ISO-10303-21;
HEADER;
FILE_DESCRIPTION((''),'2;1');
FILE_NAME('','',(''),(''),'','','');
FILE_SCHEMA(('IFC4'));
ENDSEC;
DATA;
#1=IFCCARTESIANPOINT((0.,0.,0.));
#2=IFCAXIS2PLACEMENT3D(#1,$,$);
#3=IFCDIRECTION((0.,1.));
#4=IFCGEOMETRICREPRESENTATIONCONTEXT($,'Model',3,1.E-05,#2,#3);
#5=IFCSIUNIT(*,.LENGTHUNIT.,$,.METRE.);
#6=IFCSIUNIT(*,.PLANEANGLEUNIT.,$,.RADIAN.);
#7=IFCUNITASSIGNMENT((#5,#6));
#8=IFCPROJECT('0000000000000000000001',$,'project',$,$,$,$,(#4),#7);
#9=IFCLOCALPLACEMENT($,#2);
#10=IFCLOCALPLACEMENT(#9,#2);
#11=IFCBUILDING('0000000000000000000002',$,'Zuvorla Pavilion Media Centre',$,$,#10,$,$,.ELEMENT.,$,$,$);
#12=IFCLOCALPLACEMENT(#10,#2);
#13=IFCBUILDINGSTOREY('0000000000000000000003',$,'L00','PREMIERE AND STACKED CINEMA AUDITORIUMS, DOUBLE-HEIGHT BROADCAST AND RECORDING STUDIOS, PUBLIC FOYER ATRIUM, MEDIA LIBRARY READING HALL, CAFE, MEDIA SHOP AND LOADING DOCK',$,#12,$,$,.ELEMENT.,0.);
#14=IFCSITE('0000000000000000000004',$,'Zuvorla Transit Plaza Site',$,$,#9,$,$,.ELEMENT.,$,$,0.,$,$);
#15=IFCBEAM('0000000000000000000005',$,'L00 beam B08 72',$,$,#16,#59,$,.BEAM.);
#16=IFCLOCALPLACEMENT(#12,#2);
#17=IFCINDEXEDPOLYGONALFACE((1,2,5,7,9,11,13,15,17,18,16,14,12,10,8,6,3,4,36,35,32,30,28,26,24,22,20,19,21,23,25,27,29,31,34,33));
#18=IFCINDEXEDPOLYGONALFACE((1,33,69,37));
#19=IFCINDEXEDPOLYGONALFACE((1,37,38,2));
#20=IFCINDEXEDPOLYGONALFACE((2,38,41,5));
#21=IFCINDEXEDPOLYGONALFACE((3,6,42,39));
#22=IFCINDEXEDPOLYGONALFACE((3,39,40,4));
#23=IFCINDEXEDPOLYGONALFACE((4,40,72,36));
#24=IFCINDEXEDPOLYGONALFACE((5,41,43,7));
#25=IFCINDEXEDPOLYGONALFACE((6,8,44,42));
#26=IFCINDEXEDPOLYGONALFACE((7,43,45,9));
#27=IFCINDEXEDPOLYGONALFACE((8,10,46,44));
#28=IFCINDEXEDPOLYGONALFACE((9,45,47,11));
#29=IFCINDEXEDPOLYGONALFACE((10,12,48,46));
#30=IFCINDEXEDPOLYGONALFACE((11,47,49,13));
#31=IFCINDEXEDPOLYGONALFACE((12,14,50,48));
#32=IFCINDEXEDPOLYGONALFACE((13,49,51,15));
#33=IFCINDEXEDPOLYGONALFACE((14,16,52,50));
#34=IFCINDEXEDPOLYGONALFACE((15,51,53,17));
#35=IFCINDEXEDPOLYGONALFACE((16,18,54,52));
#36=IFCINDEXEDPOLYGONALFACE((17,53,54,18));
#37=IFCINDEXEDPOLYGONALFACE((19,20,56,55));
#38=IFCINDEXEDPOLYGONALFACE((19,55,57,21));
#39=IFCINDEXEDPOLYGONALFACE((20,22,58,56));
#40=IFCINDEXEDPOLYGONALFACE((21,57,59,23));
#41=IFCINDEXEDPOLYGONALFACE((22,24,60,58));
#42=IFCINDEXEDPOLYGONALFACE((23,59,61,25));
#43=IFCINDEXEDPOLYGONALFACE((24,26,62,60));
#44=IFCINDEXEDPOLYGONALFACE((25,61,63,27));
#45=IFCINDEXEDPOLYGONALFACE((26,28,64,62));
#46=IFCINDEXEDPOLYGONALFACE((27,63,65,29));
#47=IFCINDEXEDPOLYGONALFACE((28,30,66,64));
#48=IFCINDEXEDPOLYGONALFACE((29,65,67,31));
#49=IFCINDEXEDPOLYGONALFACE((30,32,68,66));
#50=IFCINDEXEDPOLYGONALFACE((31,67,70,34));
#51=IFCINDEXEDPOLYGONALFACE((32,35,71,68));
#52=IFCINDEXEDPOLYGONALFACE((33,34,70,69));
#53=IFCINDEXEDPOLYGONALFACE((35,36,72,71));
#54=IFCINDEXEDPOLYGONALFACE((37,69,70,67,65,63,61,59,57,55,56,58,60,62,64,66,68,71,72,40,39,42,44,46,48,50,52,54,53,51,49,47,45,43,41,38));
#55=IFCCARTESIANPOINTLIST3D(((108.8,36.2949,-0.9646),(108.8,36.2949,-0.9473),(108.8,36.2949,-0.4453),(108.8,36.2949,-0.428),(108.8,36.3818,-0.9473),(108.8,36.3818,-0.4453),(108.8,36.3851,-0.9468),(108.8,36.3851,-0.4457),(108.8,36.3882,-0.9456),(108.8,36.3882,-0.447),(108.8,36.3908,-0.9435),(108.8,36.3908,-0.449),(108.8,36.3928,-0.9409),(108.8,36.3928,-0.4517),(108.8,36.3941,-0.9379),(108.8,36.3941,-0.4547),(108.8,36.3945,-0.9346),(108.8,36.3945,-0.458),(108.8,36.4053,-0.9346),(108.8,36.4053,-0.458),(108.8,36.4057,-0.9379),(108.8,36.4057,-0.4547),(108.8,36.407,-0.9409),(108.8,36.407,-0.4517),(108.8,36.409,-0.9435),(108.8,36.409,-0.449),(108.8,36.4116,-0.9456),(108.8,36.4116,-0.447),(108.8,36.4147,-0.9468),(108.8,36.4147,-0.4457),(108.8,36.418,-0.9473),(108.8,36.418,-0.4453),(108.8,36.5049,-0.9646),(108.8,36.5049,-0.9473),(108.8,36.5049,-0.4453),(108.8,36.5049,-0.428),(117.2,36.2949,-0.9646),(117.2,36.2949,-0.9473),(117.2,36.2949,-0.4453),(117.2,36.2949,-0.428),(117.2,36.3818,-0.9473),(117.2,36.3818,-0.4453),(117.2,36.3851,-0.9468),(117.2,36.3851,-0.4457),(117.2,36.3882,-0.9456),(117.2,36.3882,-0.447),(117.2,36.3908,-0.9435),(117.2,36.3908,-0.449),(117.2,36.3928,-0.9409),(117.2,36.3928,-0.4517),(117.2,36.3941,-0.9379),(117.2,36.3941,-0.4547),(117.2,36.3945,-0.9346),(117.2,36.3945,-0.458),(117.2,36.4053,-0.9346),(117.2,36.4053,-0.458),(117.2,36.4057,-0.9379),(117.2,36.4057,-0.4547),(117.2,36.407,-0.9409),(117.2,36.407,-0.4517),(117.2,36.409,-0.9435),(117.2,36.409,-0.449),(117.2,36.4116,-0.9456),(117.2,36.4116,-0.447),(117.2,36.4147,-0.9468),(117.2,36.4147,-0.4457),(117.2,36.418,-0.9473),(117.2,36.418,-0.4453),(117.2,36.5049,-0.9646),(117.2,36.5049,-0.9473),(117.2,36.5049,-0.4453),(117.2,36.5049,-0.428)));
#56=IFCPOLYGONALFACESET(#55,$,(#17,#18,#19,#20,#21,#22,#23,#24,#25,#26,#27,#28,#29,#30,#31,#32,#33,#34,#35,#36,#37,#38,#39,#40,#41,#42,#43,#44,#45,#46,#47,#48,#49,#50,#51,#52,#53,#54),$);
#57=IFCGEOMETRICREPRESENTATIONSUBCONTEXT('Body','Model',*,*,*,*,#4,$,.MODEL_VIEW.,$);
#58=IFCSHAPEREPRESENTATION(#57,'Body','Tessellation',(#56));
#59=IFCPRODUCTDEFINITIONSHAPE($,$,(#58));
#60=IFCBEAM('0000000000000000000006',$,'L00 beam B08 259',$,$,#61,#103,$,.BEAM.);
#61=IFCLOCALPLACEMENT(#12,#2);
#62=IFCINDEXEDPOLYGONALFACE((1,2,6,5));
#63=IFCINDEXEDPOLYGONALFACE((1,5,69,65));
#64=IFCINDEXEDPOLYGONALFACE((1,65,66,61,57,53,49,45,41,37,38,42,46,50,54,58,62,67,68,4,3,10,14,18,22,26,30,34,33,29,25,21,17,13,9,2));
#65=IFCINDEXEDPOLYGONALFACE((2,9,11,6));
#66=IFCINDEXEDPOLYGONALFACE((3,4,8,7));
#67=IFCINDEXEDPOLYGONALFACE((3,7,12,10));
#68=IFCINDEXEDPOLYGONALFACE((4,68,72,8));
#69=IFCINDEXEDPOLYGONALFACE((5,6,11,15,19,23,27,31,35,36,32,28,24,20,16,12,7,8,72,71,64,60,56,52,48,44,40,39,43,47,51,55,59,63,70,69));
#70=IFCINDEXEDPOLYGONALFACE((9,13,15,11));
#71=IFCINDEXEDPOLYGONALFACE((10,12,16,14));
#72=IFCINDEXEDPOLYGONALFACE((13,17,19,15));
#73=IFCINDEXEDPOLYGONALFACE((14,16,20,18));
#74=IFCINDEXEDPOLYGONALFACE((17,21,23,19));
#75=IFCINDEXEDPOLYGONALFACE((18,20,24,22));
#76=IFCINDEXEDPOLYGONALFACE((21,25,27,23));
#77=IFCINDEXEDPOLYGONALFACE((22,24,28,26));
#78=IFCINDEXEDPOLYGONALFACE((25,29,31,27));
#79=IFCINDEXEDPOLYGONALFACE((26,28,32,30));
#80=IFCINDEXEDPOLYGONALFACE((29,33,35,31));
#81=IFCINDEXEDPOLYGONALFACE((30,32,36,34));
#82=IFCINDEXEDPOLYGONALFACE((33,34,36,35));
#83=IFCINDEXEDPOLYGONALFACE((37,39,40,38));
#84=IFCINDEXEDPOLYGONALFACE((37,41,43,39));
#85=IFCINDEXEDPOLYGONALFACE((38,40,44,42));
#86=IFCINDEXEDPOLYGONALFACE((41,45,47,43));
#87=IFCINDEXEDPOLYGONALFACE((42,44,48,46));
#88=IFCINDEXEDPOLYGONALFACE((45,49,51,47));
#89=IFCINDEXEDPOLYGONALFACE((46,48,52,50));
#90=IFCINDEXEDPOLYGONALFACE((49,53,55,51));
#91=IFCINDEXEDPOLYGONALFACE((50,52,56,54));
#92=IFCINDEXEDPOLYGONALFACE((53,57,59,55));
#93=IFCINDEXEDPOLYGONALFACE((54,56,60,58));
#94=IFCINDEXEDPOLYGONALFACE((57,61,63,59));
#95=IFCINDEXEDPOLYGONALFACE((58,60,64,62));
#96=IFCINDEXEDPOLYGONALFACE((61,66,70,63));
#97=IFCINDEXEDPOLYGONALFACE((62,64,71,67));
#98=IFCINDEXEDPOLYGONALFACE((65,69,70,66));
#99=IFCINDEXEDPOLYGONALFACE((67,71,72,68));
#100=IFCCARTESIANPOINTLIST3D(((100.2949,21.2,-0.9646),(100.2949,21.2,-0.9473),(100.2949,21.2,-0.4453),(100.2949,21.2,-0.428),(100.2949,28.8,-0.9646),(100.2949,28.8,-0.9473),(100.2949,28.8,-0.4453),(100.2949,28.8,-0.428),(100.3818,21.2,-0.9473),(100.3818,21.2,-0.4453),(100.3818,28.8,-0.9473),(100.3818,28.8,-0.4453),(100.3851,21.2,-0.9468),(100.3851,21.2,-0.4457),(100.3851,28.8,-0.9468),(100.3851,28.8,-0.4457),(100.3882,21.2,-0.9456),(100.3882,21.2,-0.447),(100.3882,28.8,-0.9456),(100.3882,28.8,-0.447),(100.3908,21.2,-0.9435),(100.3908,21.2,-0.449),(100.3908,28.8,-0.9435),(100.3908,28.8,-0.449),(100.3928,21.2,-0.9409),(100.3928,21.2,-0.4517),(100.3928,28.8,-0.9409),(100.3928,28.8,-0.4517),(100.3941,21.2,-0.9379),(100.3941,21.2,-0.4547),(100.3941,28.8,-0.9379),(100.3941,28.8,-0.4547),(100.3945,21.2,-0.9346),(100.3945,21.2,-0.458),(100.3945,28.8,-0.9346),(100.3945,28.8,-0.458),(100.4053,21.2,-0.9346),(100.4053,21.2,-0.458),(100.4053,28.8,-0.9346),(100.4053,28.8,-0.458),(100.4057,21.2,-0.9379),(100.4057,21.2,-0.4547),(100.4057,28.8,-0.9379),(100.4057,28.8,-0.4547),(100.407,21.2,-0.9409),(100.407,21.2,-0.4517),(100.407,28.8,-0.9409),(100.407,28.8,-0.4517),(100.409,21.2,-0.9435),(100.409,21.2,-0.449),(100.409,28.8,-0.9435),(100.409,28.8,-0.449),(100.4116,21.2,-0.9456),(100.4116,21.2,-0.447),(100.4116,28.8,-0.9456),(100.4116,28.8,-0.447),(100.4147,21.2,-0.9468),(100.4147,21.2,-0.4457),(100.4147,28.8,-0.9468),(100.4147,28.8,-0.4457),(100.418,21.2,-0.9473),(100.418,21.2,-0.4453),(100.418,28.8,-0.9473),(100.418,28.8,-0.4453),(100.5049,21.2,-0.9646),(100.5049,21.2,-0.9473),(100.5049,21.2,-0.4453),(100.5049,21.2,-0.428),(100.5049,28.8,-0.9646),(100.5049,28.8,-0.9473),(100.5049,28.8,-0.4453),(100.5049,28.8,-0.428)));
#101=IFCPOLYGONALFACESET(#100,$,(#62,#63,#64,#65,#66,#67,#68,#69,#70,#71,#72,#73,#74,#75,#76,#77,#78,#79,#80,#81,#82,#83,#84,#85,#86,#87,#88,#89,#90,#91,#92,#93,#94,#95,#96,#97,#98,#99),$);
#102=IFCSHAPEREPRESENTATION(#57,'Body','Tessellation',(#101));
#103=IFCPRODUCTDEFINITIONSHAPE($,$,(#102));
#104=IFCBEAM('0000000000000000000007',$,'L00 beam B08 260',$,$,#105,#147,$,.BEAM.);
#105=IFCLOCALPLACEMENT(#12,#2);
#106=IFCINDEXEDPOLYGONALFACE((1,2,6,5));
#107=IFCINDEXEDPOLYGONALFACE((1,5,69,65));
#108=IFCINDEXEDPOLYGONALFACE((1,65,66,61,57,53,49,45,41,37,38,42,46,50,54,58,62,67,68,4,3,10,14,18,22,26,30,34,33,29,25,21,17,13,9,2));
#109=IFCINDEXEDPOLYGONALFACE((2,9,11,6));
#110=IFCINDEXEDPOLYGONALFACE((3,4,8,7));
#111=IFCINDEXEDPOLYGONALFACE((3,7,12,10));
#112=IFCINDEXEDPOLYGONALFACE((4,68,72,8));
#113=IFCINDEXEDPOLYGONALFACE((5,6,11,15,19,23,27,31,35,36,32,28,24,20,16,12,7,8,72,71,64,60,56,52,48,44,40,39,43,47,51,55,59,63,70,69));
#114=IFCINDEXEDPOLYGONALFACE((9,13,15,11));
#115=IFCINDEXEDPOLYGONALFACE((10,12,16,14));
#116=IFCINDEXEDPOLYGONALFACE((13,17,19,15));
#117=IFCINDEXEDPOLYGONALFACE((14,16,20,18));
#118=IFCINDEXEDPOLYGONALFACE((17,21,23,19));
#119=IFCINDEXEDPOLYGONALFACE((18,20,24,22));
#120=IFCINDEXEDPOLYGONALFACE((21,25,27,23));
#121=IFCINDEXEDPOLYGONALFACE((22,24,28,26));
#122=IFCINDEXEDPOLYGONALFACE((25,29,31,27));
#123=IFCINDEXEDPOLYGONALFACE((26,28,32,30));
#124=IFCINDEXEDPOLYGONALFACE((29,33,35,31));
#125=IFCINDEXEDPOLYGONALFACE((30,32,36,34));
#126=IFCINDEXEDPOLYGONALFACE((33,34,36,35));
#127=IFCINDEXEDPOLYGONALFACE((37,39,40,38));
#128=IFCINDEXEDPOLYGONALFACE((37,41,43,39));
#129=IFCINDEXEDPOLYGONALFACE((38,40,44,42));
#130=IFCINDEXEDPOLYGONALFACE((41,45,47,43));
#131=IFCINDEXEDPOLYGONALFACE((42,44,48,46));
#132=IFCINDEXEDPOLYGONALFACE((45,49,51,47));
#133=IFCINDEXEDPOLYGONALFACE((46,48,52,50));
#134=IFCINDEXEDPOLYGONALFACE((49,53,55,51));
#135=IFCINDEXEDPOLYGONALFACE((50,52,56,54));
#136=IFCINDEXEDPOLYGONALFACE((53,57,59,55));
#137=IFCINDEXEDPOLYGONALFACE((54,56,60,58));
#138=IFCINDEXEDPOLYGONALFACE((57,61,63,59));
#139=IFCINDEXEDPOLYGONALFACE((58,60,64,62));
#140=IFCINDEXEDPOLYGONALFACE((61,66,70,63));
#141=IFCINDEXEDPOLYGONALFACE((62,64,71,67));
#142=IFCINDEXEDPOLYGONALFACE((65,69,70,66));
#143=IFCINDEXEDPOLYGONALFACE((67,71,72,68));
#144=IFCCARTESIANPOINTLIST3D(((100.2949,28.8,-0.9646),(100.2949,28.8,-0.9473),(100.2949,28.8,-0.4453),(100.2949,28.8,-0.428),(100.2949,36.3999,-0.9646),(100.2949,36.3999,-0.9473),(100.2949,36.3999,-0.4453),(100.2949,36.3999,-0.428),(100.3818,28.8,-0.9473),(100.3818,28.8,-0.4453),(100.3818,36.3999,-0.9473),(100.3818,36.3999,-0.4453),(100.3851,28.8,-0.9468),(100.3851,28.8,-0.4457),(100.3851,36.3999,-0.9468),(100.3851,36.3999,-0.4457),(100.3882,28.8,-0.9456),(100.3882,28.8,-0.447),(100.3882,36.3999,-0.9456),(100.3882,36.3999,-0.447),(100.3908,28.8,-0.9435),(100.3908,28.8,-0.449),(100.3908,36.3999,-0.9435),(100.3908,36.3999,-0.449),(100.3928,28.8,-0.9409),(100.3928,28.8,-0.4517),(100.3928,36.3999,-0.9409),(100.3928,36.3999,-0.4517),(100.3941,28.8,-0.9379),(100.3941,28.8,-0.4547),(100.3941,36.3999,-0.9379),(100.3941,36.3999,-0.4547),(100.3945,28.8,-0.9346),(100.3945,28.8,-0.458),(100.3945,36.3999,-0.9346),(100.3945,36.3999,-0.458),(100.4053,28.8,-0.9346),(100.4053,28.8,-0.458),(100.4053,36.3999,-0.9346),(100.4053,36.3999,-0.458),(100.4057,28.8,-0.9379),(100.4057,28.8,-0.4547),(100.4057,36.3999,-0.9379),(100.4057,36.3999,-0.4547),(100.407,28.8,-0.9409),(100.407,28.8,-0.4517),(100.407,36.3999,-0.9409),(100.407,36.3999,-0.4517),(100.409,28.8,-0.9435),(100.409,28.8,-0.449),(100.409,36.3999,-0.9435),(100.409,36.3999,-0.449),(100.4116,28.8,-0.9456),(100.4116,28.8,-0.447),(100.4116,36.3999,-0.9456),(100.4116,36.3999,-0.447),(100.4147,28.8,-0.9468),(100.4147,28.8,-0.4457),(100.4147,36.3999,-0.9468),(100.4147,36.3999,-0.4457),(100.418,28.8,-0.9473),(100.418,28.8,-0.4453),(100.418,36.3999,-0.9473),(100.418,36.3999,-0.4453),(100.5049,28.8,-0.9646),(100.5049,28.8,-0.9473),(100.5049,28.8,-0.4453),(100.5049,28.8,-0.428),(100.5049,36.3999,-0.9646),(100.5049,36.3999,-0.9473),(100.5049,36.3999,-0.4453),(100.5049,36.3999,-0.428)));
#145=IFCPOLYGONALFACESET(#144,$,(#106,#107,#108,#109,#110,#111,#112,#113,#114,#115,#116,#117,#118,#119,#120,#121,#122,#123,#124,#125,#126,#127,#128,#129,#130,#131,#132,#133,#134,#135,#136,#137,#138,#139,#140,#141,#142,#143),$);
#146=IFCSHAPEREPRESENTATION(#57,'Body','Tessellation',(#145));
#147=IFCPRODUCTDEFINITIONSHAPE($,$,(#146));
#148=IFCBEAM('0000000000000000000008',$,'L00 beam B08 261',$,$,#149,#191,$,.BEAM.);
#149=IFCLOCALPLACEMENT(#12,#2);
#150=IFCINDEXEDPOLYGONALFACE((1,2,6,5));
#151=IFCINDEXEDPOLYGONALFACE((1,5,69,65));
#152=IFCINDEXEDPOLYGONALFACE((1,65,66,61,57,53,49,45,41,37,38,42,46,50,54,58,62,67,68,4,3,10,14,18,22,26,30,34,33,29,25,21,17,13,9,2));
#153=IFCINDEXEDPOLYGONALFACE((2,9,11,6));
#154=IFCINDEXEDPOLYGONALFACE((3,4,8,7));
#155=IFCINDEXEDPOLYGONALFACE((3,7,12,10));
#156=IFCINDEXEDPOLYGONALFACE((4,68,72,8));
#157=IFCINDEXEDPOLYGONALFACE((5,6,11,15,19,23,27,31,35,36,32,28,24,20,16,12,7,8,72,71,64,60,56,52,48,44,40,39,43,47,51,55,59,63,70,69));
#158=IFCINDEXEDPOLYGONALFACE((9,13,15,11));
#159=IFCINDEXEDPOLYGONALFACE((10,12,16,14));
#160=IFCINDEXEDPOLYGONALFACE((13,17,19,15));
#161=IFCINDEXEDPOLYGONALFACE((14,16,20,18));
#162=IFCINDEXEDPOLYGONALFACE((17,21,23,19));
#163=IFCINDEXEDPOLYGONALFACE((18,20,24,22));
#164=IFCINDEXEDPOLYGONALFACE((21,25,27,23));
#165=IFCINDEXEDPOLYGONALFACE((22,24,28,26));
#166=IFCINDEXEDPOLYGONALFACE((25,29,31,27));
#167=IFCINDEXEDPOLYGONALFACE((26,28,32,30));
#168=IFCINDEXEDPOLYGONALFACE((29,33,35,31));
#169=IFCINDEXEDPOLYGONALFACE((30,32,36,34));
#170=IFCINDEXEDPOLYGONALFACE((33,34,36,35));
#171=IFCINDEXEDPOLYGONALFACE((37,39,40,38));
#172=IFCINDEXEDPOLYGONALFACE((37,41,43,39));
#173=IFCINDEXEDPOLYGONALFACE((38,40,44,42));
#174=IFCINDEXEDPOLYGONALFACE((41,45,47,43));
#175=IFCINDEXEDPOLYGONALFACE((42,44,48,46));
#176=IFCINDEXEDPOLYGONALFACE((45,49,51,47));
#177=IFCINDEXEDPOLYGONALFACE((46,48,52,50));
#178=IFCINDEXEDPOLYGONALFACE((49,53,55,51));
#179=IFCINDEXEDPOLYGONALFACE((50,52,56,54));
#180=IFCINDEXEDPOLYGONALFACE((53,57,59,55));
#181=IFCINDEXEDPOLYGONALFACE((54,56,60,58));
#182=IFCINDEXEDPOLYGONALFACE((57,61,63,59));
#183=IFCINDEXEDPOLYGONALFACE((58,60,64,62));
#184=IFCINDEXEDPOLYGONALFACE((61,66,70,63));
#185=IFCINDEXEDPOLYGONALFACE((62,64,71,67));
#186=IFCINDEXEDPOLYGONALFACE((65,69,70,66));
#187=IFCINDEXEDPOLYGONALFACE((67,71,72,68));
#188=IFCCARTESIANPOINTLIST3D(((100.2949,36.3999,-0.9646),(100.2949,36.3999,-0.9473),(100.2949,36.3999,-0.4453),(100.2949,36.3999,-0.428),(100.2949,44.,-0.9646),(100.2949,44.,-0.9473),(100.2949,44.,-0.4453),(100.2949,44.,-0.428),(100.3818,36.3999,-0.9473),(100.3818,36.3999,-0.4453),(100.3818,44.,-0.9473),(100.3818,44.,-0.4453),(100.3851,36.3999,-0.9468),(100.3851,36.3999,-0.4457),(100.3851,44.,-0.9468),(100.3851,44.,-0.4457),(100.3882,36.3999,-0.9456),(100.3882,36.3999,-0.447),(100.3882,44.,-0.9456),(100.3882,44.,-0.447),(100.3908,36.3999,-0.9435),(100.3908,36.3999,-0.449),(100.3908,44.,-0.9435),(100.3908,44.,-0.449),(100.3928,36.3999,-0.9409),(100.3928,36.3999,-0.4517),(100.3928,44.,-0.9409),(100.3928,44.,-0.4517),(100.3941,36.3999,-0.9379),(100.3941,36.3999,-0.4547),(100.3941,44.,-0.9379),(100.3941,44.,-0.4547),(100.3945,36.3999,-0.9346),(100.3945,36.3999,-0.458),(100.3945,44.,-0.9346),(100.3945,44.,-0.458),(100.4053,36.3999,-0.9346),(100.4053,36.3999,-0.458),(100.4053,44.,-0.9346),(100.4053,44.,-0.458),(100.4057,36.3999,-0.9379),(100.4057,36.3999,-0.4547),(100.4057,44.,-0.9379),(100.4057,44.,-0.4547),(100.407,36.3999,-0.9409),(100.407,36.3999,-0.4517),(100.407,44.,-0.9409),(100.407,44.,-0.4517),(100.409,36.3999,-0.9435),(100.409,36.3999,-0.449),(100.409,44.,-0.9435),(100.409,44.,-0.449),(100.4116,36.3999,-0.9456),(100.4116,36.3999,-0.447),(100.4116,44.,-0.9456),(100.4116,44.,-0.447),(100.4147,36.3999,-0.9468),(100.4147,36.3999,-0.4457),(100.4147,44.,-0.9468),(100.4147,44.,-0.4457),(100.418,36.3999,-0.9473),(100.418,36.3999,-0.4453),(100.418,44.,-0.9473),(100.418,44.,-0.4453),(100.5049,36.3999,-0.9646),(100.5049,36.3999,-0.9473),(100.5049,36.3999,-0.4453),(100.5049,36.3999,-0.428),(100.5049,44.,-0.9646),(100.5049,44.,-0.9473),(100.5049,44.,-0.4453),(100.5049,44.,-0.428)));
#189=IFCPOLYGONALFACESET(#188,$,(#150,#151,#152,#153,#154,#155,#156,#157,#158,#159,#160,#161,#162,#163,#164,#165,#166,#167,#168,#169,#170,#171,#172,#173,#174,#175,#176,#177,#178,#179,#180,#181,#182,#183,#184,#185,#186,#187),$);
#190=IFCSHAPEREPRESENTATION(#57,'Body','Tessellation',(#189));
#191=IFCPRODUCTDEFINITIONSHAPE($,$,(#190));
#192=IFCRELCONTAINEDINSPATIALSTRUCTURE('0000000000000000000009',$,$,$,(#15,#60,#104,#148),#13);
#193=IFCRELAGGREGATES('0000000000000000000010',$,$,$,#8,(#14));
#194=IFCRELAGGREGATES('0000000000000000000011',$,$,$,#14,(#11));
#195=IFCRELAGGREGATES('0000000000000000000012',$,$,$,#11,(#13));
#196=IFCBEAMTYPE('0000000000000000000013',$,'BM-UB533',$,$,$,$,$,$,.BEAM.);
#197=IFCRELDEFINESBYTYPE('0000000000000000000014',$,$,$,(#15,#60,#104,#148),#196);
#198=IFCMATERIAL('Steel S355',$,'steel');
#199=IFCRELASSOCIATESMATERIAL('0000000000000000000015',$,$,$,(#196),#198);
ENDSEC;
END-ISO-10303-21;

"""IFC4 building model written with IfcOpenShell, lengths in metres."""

from ifc_helpers import new_model, si_unit, direction, frame, origin, origin_2d, place, context, subcontext, project, spatial, i_section, extrude, material, material_profile, profile_set, type_object, element, save


model = new_model("IFC4")

# Units and contexts
model_context = context("Model", 3, precision=1e-05, world=origin(), true_north=direction((0.0, 1.0)))
body_context = subcontext(model_context, "Body", "Model", "MODEL_VIEW")
ifc_project = project(units=[si_unit("LENGTHUNIT", "METRE"), si_unit("PLANEANGLEUNIT", "RADIAN")], contexts=[model_context])

# Site, building, storey
site_placement = place(None, origin())
site = spatial("IfcSite", under=ifc_project, at=site_placement, Name="Zuvorla Transit Plaza Site", CompositionType="ELEMENT", RefElevation=0.0)
building_placement = place(site_placement, origin())
building = spatial("IfcBuilding", under=site, at=building_placement, Name="Zuvorla Pavilion Media Centre", CompositionType="ELEMENT")
storey_placement = place(building_placement, origin())
storey = spatial("IfcBuildingStorey", under=building, at=storey_placement, Name="L00", Description="PREMIERE AND STACKED CINEMA AUDITORIUMS, DOUBLE-HEIGHT BROADCAST AND RECORDING STUDIOS, PUBLIC FOYER ATRIUM, MEDIA LIBRARY READING HALL, CAFE, MEDIA SHOP AND LOADING DOCK", CompositionType="ELEMENT", Elevation=0.0)

# Beams
ifc_material_1 = material(Name="Steel S355", Category="steel")
ifc_material_profile_1 = material_profile(ifc_material_1, i_section(OverallWidth=0.21, OverallDepth=0.5366, WebThickness=0.0107, FlangeThickness=0.0173, FilletRadius=0.0127, at=origin_2d()), Name="UB 533x210x101")
ifc_profile_set_1 = profile_set([ifc_material_profile_1], Name="Steel S355")
beam_type_1 = type_object("IfcBeamType", Name="BM-UB533", PredefinedType="BEAM", material=ifc_profile_set_1)
beam_1_placement = place(storey_placement, frame((108.8, 36.3999, -0.6963), z_axis=(1.0, 0.0, 0.0), x_axis=(0.0, 1.0, 0.0)))
element("IfcBeam", 1, at=beam_1_placement, inside=storey, type_object=beam_type_1, Name="L00 beam B08 72", PredefinedType="BEAM", context=body_context, shape_type="SweptSolid", body=[
    extrude(i_section(OverallWidth=0.21, OverallDepth=0.5366, WebThickness=0.0107, FlangeThickness=0.0173, FilletRadius=0.0127, at=origin_2d()), origin(), (0.0, 0.0, 1.0), 8.3999),
])
beam_2_placement = place(storey_placement, frame((100.3999, 21.2, -0.6963), z_axis=(0.0, 1.0, 0.0), x_axis=(-1.0, 0.0, 0.0)))
element("IfcBeam", 2, at=beam_2_placement, inside=storey, type_object=beam_type_1, Name="L00 beam B08 259", PredefinedType="BEAM", context=body_context, shape_type="SweptSolid", body=[
    extrude(i_section(OverallWidth=0.21, OverallDepth=0.5366, WebThickness=0.0107, FlangeThickness=0.0173, FilletRadius=0.0127, at=origin_2d()), origin(), (0.0, 0.0, 1.0), 7.6001),
])
beam_3_placement = place(storey_placement, frame((100.3999, 28.8, -0.6963), z_axis=(0.0, 1.0, 0.0), x_axis=(-1.0, 0.0, 0.0)))
element("IfcBeam", 3, at=beam_3_placement, inside=storey, type_object=beam_type_1, Name="L00 beam B08 260", PredefinedType="BEAM", context=body_context, shape_type="SweptSolid", body=[
    extrude(i_section(OverallWidth=0.21, OverallDepth=0.5366, WebThickness=0.0107, FlangeThickness=0.0173, FilletRadius=0.0127, at=origin_2d()), origin(), (0.0, 0.0, 1.0), 7.5999),
])
for number, where, z_axis, x_axis, name in (
    (4, (100.3999, 36.3999, -0.6963), (0.0, 1.0, 0.0), (-1.0, 0.0, 0.0), "L00 beam B08 261"),
):
    element("IfcBeam", number, at=place(storey_placement, frame(where, z_axis=z_axis, x_axis=x_axis)), inside=storey, type_object=beam_type_1, Name=name, PredefinedType="BEAM", context=body_context, shape_type="SweptSolid", body=[
        extrude(i_section(OverallWidth=0.21, OverallDepth=0.5366, WebThickness=0.0107, FlangeThickness=0.0173, FilletRadius=0.0127, at=origin_2d()), origin(), (0.0, 0.0, 1.0), 7.6001),
    ])

save(model, "model.ifc")
